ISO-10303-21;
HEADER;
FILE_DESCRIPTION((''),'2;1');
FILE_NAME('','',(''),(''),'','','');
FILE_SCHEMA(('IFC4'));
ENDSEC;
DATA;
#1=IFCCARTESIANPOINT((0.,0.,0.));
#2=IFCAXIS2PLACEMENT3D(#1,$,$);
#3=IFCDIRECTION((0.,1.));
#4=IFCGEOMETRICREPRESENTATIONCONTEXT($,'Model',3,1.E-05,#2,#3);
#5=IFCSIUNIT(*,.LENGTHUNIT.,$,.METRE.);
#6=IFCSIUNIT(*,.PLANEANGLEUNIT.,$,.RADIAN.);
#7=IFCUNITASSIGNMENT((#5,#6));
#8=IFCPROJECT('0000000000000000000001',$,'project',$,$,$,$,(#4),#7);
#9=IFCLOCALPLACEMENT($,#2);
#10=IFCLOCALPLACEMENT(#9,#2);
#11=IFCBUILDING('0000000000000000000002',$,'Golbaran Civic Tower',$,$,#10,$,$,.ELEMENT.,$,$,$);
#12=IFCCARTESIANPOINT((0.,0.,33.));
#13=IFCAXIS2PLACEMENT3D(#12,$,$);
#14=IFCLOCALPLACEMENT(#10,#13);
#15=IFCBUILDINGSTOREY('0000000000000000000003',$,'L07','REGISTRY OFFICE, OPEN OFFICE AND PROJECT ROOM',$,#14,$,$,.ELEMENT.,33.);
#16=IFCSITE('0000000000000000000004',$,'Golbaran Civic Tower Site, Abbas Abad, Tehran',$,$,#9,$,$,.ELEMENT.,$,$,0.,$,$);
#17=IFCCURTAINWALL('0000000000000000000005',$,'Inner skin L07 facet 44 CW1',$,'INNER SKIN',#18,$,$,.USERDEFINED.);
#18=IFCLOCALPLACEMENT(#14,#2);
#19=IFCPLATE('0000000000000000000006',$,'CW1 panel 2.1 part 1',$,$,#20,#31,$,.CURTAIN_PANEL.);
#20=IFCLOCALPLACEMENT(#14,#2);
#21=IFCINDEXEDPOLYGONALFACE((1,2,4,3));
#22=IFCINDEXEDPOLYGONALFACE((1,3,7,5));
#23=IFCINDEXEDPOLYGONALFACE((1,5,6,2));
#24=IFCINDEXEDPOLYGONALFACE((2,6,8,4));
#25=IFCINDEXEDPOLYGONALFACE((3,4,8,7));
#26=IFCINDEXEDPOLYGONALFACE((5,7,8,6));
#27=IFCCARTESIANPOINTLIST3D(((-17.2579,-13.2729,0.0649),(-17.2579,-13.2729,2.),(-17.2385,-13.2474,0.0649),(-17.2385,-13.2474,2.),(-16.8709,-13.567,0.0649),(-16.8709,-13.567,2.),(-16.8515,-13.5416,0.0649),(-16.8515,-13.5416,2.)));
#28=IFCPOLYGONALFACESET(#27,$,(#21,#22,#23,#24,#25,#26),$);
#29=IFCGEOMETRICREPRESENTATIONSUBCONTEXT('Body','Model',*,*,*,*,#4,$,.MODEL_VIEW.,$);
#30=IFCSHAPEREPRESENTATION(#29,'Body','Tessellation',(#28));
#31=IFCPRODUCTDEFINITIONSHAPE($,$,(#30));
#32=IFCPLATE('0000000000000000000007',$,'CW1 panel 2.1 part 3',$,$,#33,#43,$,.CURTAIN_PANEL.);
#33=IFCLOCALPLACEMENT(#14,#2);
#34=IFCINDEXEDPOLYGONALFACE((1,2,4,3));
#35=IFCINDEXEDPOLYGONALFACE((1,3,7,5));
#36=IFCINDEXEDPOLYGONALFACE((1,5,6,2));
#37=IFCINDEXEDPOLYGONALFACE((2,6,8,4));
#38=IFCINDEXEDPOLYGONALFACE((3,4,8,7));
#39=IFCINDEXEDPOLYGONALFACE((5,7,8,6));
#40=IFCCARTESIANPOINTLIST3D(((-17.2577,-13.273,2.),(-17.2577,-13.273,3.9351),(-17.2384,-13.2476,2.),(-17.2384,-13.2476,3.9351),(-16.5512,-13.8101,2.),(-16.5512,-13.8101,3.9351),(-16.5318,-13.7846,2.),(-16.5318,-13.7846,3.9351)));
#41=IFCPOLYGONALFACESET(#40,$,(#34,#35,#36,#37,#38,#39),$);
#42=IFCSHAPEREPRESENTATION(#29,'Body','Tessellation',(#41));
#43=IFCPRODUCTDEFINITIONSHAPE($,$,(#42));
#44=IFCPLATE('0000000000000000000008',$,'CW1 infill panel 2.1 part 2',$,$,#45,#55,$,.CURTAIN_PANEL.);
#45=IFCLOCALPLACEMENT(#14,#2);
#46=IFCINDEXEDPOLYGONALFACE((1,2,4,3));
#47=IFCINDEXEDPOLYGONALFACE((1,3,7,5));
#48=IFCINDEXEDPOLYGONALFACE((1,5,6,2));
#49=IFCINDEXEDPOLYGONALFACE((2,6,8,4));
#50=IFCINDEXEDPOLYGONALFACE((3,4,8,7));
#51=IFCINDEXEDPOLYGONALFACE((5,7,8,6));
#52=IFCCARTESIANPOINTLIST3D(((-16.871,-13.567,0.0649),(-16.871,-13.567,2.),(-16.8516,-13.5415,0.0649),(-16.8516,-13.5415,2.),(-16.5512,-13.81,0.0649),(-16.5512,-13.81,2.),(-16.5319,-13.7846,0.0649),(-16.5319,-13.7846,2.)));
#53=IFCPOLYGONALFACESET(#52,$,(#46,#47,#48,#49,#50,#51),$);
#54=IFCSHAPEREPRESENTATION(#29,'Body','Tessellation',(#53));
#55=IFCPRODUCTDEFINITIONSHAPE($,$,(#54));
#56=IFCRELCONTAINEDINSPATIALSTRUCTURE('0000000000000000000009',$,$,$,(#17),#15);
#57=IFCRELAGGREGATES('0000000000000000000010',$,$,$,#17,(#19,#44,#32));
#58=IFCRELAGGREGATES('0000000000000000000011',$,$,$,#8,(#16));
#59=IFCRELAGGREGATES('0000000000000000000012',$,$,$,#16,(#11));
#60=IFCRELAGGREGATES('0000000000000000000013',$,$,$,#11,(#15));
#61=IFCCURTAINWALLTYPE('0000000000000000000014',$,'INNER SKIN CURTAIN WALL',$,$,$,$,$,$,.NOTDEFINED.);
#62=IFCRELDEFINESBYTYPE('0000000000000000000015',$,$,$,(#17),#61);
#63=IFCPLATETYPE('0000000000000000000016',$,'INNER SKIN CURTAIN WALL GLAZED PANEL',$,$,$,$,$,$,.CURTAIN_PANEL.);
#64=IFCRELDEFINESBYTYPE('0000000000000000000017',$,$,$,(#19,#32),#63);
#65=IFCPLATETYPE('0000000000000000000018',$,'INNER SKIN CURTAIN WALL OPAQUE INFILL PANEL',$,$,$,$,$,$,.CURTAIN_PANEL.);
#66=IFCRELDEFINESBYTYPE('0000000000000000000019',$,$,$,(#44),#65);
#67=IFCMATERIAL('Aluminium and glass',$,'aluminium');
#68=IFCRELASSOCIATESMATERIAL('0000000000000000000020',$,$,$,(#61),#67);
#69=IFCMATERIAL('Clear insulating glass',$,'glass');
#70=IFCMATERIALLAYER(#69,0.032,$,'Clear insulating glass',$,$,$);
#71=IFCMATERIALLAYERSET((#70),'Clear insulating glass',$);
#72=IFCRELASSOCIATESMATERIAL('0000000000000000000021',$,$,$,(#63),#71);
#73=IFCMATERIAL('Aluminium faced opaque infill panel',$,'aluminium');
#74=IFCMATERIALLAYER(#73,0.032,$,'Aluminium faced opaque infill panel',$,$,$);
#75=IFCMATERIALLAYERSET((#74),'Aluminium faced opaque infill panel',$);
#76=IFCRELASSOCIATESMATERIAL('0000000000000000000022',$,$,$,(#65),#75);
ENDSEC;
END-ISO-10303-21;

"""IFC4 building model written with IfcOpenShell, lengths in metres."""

from ifc_helpers import new_model, si_unit, direction, frame, origin, origin_2d, place, context, subcontext, project, spatial, rectangle, extrude, material, layer, layer_set, type_object, element, aggregate, save


model = new_model("IFC4")

# Units and contexts
model_context = context("Model", 3, precision=1e-05, world=origin(), true_north=direction((0.0, 1.0)))
body_context = subcontext(model_context, "Body", "Model", "MODEL_VIEW")
ifc_project = project(units=[si_unit("LENGTHUNIT", "METRE"), si_unit("PLANEANGLEUNIT", "RADIAN")], contexts=[model_context])

# Site, building, storey
site_placement = place(None, origin())
site = spatial("IfcSite", under=ifc_project, at=site_placement, Name="Golbaran Civic Tower Site, Abbas Abad, Tehran", CompositionType="ELEMENT", RefElevation=0.0)
building_placement = place(site_placement, origin())
building = spatial("IfcBuilding", under=site, at=building_placement, Name="Golbaran Civic Tower", CompositionType="ELEMENT")
storey_placement = place(building_placement, frame((0.0, 0.0, 33.0)))
storey = spatial("IfcBuildingStorey", under=building, at=storey_placement, Name="L07", Description="REGISTRY OFFICE, OPEN OFFICE AND PROJECT ROOM", CompositionType="ELEMENT", Elevation=33.0)

# Curtain wall
ifc_material_1 = material(Name="Aluminium and glass", Category="aluminium")
curtain_wall_type = type_object("IfcCurtainWallType", Name="INNER SKIN CURTAIN WALL", PredefinedType="NOTDEFINED", material=ifc_material_1)
curtain_wall_1_placement = place(storey_placement, origin())
curtain_wall_1 = element("IfcCurtainWall", 1, at=curtain_wall_1_placement, inside=storey, type_object=curtain_wall_type, Name="Inner skin L07 facet 44 CW1", ObjectType="INNER SKIN", PredefinedType="USERDEFINED")

# Plates
ifc_material_2 = material(Name="Clear insulating glass", Category="glass")
ifc_layer_1 = layer(ifc_material_2, 0.032, Name="Clear insulating glass")
ifc_layer_set_1 = layer_set([ifc_layer_1], Name="Clear insulating glass")
plate_type_1 = type_object("IfcPlateType", Name="INNER SKIN CURTAIN WALL GLAZED PANEL", PredefinedType="CURTAIN_PANEL", material=ifc_layer_set_1)
plate_1_placement = place(storey_placement, frame((-17.0547, -13.4072, 0.0649), z_axis=(0.0, 0.0, 1.0), x_axis=(0.796108, -0.605154, 0.0)))
plate_1 = element("IfcPlate", 2, at=plate_1_placement, type_object=plate_type_1, Name="CW1 panel 2.1 part 1", PredefinedType="CURTAIN_PANEL", context=body_context, shape_type="SweptSolid", body=[
    extrude(rectangle(XDim=0.4861, YDim=0.032, at=origin_2d()), origin(), (0.0, 0.0, 1.0), 1.9351),
])
plate_2_placement = place(storey_placement, frame((-16.8948, -13.5288, 2.0), z_axis=(0.0, 0.0, 1.0), x_axis=(0.796108, -0.605154, 0.0)))
plate_2 = element("IfcPlate", 3, at=plate_2_placement, type_object=plate_type_1, Name="CW1 panel 2.1 part 3", PredefinedType="CURTAIN_PANEL", context=body_context, shape_type="SweptSolid", body=[
    extrude(rectangle(XDim=0.8875, YDim=0.032, at=origin_2d()), origin(), (0.0, 0.0, 1.0), 1.9351),
])
ifc_material_3 = material(Name="Aluminium faced opaque infill panel", Category="aluminium")
ifc_layer_2 = layer(ifc_material_3, 0.032, Name="Aluminium faced opaque infill panel")
ifc_layer_set_2 = layer_set([ifc_layer_2], Name="Aluminium faced opaque infill panel")
plate_type_2 = type_object("IfcPlateType", Name="INNER SKIN CURTAIN WALL OPAQUE INFILL PANEL", PredefinedType="CURTAIN_PANEL", material=ifc_layer_set_2)
plate_3_placement = place(storey_placement, frame((-16.7014, -13.6758, 0.0649), z_axis=(0.0, 0.0, 1.0), x_axis=(0.796108, -0.605154, 0.0)))
plate_3 = element("IfcPlate", 4, at=plate_3_placement, type_object=plate_type_2, Name="CW1 infill panel 2.1 part 2", PredefinedType="CURTAIN_PANEL", context=body_context, shape_type="SweptSolid", body=[
    extrude(rectangle(XDim=0.4016, YDim=0.032, at=origin_2d()), origin(), (0.0, 0.0, 1.0), 1.9351),
])
aggregate(curtain_wall_1, [plate_1, plate_3, plate_2])

save(model, "model.ifc")
